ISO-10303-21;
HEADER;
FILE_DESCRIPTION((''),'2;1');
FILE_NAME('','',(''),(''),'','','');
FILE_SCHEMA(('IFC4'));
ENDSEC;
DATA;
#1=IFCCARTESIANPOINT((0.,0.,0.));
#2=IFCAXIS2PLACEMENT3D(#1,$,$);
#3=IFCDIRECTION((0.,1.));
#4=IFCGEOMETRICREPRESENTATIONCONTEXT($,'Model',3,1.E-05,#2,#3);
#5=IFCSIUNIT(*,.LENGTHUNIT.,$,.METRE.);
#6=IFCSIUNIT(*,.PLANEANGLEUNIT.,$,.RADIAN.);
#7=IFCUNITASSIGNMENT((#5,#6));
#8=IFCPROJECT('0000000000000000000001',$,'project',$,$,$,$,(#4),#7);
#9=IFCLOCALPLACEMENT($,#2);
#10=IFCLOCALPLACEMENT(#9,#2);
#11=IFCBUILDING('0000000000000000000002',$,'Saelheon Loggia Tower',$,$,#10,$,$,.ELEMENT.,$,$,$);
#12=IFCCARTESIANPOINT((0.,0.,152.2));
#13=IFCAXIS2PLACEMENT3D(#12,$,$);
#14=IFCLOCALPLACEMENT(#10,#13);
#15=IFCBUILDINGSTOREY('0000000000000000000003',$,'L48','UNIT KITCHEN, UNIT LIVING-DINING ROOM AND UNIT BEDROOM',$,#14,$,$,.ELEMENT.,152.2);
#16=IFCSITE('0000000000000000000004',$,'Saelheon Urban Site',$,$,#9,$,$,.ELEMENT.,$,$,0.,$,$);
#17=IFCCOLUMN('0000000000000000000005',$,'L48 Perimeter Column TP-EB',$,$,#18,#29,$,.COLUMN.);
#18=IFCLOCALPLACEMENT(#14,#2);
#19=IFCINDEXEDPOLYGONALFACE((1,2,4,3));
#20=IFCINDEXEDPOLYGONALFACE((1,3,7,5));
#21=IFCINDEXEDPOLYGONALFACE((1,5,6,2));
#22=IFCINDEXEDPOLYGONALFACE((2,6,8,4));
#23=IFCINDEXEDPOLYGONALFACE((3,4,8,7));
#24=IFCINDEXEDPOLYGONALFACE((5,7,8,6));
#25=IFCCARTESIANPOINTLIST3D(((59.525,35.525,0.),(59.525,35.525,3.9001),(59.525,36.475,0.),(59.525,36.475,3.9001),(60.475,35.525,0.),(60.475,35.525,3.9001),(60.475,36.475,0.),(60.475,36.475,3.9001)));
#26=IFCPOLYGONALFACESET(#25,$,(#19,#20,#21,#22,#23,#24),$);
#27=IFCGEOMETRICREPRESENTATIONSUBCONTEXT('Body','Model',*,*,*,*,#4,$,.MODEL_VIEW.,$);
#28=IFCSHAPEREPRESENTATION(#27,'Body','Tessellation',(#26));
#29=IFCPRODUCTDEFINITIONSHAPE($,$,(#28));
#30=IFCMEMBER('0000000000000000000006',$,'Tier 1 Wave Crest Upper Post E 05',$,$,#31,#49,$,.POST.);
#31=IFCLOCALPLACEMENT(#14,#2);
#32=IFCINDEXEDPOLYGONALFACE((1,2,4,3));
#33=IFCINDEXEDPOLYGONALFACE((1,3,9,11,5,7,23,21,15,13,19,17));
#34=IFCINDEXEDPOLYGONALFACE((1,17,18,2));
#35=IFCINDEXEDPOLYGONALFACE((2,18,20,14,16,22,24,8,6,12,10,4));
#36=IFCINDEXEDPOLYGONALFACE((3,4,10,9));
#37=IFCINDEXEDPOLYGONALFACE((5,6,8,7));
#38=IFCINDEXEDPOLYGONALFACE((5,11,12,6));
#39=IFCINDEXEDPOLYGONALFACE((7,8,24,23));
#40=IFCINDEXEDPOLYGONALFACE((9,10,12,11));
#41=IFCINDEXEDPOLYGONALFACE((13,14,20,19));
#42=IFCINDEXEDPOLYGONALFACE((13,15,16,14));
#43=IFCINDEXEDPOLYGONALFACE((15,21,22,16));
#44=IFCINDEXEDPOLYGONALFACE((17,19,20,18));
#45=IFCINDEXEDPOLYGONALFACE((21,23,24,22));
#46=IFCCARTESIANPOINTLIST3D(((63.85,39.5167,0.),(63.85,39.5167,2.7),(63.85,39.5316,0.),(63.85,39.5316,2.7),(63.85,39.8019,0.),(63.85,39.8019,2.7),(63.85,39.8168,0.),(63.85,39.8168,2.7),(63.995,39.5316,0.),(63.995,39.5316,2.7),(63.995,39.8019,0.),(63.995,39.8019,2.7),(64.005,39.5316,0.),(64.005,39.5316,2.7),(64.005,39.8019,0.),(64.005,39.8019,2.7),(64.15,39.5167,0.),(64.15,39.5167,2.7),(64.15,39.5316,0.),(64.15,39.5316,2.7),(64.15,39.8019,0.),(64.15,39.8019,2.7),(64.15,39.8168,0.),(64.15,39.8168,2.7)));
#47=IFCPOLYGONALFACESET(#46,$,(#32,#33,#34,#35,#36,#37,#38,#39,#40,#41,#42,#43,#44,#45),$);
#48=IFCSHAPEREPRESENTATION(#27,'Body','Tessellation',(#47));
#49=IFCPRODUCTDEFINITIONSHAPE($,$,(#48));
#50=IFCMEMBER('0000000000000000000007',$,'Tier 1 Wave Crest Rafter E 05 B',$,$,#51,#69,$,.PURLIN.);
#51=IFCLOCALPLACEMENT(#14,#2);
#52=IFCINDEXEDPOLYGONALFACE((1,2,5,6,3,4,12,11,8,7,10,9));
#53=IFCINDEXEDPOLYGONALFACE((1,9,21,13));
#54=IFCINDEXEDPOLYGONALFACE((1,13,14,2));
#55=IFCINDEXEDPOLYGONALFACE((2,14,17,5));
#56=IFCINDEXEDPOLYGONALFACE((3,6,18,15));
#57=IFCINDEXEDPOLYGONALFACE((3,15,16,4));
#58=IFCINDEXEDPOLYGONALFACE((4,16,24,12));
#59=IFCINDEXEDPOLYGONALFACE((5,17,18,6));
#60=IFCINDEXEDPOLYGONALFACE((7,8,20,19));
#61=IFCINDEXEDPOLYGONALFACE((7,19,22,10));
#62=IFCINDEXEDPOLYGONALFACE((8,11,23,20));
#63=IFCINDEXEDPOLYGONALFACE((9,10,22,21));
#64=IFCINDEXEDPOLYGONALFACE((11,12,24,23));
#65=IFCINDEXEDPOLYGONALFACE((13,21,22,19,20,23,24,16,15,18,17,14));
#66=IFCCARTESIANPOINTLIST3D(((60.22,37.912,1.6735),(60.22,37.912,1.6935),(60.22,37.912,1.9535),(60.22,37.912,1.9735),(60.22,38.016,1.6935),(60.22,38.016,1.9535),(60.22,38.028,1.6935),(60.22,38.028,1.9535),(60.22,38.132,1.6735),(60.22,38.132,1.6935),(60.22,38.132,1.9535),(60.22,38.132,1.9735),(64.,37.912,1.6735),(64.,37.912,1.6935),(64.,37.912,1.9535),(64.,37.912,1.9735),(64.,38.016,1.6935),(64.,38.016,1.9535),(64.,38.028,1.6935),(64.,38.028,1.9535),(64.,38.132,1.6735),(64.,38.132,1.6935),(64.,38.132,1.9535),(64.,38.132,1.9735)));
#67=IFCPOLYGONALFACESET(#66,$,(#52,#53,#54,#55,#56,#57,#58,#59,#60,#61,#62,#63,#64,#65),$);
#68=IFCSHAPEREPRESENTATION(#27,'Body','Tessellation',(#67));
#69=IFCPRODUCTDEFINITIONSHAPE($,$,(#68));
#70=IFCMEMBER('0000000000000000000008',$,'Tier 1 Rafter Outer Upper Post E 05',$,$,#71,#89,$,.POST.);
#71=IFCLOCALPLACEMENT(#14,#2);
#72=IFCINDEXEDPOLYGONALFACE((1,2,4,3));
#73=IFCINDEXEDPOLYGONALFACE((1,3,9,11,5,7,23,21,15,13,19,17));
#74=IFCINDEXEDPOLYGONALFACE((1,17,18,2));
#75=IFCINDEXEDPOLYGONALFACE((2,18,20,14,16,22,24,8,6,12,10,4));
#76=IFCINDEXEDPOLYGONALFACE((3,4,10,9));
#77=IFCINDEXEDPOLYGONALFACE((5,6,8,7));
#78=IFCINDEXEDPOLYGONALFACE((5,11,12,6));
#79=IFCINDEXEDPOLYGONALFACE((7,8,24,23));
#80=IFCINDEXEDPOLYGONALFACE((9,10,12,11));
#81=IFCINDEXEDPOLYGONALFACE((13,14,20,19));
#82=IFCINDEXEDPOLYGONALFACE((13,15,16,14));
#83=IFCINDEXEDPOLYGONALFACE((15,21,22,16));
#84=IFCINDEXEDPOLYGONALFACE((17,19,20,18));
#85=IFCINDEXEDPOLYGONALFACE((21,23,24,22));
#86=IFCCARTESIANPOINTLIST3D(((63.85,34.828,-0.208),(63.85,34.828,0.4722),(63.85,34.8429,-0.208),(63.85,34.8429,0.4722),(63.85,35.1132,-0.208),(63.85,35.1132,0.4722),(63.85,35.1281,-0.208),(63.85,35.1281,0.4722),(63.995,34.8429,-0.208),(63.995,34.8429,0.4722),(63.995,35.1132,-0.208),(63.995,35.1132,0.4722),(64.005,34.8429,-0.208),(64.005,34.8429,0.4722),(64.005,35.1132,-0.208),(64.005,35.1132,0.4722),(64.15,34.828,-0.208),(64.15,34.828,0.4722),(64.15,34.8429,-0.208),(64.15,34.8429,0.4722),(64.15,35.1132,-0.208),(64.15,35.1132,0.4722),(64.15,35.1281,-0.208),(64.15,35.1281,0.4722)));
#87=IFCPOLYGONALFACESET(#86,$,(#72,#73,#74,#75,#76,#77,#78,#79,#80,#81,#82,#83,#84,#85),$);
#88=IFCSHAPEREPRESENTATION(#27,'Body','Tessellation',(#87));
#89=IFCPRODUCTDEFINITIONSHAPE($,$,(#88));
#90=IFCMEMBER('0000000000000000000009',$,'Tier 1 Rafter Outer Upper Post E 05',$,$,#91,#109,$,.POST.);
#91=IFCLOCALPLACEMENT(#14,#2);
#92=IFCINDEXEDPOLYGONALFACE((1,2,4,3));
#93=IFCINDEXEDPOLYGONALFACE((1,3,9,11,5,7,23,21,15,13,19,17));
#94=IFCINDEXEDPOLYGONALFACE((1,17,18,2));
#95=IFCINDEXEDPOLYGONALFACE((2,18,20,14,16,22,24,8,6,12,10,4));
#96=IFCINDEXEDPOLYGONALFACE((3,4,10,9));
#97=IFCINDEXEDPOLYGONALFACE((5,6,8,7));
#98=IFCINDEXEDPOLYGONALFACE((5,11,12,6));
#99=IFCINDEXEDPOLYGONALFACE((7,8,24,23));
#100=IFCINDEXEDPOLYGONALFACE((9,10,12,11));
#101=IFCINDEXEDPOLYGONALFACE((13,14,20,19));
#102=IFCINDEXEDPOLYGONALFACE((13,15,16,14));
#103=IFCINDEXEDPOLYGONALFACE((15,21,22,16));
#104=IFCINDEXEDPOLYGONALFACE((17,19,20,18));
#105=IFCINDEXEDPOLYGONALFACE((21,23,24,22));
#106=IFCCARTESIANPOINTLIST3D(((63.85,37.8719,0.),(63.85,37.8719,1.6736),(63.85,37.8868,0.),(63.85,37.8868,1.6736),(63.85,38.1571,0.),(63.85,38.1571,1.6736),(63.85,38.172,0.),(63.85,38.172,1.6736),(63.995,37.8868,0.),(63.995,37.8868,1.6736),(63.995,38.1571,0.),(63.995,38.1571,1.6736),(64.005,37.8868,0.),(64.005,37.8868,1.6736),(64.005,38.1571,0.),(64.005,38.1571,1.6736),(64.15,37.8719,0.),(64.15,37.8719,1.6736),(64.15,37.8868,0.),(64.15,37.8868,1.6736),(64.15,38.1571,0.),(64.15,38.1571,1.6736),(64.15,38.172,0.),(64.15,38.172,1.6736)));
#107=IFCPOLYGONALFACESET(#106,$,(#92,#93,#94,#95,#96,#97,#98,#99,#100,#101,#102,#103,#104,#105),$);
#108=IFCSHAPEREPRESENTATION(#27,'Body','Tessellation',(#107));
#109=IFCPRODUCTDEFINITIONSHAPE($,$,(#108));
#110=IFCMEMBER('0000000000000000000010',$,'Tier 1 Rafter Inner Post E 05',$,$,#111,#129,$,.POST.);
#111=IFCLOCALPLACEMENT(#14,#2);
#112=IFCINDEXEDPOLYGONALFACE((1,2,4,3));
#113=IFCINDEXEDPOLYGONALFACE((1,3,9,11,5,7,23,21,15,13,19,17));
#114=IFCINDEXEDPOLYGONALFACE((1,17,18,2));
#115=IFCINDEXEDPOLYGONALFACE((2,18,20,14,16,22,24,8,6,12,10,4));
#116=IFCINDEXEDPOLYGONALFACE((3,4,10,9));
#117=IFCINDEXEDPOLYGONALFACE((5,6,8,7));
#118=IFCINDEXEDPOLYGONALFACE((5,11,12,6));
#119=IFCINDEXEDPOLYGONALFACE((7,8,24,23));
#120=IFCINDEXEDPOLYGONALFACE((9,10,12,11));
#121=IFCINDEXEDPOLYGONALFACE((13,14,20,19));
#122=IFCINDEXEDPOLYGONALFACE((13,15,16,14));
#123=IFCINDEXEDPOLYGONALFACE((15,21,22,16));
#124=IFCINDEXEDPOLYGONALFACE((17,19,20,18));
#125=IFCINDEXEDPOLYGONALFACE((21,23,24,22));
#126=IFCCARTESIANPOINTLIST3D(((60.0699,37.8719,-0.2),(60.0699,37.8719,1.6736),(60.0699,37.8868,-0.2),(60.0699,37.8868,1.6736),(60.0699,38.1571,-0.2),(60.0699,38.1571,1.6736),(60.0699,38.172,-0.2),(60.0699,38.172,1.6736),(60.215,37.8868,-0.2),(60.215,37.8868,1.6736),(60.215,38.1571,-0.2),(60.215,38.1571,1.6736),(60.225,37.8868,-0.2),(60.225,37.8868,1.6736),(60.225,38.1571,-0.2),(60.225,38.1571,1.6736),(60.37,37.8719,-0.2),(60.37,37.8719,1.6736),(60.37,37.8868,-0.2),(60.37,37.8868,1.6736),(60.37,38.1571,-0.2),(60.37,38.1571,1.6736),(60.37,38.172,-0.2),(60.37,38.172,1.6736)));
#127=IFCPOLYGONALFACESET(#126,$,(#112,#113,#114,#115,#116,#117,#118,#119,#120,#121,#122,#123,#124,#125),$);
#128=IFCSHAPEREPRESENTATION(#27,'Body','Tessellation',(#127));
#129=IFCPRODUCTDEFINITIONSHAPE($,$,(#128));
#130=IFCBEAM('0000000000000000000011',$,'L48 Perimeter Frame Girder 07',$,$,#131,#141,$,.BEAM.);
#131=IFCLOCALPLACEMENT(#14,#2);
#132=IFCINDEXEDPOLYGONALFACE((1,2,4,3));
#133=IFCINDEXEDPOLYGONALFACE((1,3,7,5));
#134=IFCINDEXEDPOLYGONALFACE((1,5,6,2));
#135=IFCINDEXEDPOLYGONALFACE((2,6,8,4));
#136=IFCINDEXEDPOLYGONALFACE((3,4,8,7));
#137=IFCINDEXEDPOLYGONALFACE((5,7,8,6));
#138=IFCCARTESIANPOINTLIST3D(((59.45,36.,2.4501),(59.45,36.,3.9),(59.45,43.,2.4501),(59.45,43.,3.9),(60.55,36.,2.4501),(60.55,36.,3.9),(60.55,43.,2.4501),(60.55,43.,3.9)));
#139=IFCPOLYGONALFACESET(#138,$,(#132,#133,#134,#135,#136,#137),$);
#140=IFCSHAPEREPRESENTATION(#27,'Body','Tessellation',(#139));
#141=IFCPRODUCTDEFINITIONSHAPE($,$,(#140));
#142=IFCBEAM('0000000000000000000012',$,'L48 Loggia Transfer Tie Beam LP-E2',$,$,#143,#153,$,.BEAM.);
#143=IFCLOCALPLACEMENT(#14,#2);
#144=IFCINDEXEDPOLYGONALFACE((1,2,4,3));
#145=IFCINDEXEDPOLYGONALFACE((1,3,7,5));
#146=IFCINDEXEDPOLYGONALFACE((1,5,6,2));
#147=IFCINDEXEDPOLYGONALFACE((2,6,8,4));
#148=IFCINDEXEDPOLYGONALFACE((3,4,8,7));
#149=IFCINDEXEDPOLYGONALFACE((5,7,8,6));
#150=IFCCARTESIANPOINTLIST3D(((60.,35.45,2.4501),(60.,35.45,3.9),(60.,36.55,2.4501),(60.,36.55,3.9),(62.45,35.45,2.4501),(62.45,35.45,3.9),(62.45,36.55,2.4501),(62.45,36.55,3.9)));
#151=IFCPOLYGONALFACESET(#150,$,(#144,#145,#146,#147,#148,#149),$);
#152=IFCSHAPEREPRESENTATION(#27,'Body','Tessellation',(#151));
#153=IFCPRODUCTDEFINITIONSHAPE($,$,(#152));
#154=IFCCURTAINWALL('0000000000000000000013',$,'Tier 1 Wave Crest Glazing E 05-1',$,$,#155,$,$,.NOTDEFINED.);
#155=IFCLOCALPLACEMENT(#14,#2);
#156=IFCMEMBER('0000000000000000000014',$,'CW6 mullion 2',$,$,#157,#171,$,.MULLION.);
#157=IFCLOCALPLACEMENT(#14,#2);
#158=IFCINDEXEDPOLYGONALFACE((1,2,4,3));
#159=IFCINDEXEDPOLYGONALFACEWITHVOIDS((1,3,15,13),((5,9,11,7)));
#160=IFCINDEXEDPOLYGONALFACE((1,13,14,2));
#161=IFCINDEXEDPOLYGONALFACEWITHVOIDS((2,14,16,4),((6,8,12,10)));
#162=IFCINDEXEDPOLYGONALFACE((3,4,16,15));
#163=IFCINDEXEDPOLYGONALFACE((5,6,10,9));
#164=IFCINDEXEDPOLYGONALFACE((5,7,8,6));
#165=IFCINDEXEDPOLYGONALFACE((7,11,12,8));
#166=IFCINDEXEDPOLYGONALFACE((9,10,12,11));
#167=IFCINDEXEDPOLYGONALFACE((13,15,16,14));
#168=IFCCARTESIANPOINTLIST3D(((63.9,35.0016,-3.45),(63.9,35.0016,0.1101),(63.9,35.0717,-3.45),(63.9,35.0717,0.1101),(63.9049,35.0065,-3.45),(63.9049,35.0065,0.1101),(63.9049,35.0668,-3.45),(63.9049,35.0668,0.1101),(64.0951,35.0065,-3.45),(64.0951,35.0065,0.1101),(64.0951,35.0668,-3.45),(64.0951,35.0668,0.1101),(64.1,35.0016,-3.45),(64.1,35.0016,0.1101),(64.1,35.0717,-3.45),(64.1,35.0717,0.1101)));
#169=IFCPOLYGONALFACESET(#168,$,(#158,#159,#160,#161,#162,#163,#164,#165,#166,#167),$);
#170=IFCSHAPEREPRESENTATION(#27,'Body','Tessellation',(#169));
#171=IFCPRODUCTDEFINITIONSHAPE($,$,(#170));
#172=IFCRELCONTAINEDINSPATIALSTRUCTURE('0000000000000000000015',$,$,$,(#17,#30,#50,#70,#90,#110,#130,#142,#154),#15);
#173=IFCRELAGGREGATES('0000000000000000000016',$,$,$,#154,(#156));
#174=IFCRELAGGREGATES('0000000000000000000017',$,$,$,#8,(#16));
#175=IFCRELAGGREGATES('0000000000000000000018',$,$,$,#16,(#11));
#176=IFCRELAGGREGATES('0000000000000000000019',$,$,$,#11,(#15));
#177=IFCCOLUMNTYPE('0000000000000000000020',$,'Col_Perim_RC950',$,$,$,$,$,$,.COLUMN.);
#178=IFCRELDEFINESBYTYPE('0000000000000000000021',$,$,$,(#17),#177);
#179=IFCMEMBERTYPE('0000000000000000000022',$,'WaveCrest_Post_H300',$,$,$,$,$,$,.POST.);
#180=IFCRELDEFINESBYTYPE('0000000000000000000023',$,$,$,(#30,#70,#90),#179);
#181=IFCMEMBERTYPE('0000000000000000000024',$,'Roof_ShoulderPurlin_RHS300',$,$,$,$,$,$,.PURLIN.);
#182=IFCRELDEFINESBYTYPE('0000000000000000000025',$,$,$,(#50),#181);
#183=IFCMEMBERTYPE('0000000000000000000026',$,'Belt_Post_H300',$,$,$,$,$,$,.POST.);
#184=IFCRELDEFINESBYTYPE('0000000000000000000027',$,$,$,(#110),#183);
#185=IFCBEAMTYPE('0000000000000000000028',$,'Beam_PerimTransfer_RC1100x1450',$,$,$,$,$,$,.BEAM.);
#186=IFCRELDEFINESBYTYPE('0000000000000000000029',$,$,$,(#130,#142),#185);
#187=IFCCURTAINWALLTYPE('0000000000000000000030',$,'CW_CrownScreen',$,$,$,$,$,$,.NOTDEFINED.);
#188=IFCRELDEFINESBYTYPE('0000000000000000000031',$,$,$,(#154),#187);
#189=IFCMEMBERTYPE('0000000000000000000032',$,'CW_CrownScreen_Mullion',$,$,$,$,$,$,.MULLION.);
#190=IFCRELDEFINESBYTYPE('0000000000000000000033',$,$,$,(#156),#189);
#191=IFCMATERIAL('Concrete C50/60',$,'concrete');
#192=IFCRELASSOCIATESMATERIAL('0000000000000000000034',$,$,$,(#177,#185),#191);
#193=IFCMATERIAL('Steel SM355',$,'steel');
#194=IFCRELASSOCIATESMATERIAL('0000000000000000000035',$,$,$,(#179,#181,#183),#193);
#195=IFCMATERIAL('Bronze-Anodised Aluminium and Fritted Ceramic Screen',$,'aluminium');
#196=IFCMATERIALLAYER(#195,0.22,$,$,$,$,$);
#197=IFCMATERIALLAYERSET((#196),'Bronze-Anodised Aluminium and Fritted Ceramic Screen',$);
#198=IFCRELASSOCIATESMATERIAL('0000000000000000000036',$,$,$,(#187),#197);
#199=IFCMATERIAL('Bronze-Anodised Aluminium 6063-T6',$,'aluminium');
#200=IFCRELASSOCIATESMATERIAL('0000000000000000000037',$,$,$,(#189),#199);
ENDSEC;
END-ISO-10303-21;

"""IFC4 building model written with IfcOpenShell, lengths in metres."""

from ifc_helpers import new_model, si_unit, direction, frame, origin, origin_2d, place, context, subcontext, project, spatial, rectangle, hollow_rectangle, i_section, extrude, source, transform, mapped, material, layer, layer_set, material_profile, profile_set, type_object, element, aggregate, save


model = new_model("IFC4")

# Units and contexts
model_context = context("Model", 3, precision=1e-05, world=origin(), true_north=direction((0.0, 1.0)))
body_context = subcontext(model_context, "Body", "Model", "MODEL_VIEW")
ifc_project = project(units=[si_unit("LENGTHUNIT", "METRE"), si_unit("PLANEANGLEUNIT", "RADIAN")], contexts=[model_context])

# Site, building, storey
site_placement = place(None, origin())
site = spatial("IfcSite", under=ifc_project, at=site_placement, Name="Saelheon Urban Site", CompositionType="ELEMENT", RefElevation=0.0)
building_placement = place(site_placement, origin())
building = spatial("IfcBuilding", under=site, at=building_placement, Name="Saelheon Loggia Tower", CompositionType="ELEMENT")
storey_placement = place(building_placement, frame((0.0, 0.0, 152.2)))
storey = spatial("IfcBuildingStorey", under=building, at=storey_placement, Name="L48", Description="UNIT KITCHEN, UNIT LIVING-DINING ROOM AND UNIT BEDROOM", CompositionType="ELEMENT", Elevation=152.2)

# Column
ifc_material_1 = material(Name="Concrete C50/60", Category="concrete")
ifc_material_profile_1 = material_profile(ifc_material_1, rectangle(XDim=0.95, YDim=0.95, at=origin_2d()), Name="RC-950x950")
ifc_profile_set_1 = profile_set([ifc_material_profile_1], Name="Concrete C50/60")
column_type = type_object("IfcColumnType", Name="Col_Perim_RC950", PredefinedType="COLUMN", material=ifc_profile_set_1)
shared_shape_1 = source(origin(), body_context, "Body", "SweptSolid", [
    extrude(rectangle(XDim=0.95, YDim=0.95, at=origin_2d()), origin(), (0.0, 0.0, 1.0), 3.9001),
])
column_placement = place(storey_placement, frame((60.0, 36.0, 0.0), z_axis=(0.0, 0.0, 1.0), x_axis=(1.0, 0.0, 0.0)))
element("IfcColumn", 1, at=column_placement, inside=storey, type_object=column_type, Name="L48 Perimeter Column TP-EB", PredefinedType="COLUMN", context=body_context, shape_type="MappedRepresentation", body=[
    mapped(shared_shape_1, transform((0.0, 0.0, 0.0), scale=1.0)),
])

# Members
ifc_material_2 = material(Name="Steel SM355", Category="steel")
ifc_material_profile_2 = material_profile(ifc_material_2, i_section(OverallWidth=0.3, OverallDepth=0.3, WebThickness=0.01, FlangeThickness=0.0149, at=origin_2d()), Name="H-300x300x10x15")
ifc_profile_set_2 = profile_set([ifc_material_profile_2], Name="Steel SM355")
member_type_1 = type_object("IfcMemberType", Name="WaveCrest_Post_H300", PredefinedType="POST", material=ifc_profile_set_2)
shared_shape_2 = source(origin(), body_context, "Body", "SweptSolid", [
    extrude(i_section(OverallWidth=0.3, OverallDepth=0.3, WebThickness=0.01, FlangeThickness=0.0149, at=origin_2d()), origin(), (0.0, 0.0, 1.0), 2.7),
])
member_1_placement = place(storey_placement, frame((64.0, 39.6667, 0.0), z_axis=(0.0, 0.0, 1.0), x_axis=(1.0, 0.0, 0.0)))
element("IfcMember", 2, at=member_1_placement, inside=storey, type_object=member_type_1, Name="Tier 1 Wave Crest Upper Post E 05", PredefinedType="POST", context=body_context, shape_type="MappedRepresentation", body=[
    mapped(shared_shape_2, transform((0.0, 0.0, 0.0), scale=1.0)),
])
ifc_material_profile_3 = material_profile(ifc_material_2, i_section(OverallWidth=0.22, OverallDepth=0.3, WebThickness=0.012, FlangeThickness=0.02, at=origin_2d()), Name="H-300x220x12x20")
ifc_profile_set_3 = profile_set([ifc_material_profile_3], Name="Steel SM355")
member_type_2 = type_object("IfcMemberType", Name="Roof_ShoulderPurlin_RHS300", PredefinedType="PURLIN", material=ifc_profile_set_3)
shared_shape_3 = source(origin(), body_context, "Body", "SweptSolid", [
    extrude(i_section(OverallWidth=0.22, OverallDepth=0.3, WebThickness=0.012, FlangeThickness=0.02, at=origin_2d()), origin(), (0.0, 0.0, 1.0), 3.78),
])
member_2_placement = place(storey_placement, frame((64.0, 38.022, 1.8235), z_axis=(-1.0, 0.0, 0.0), x_axis=(0.0, -1.0, 0.0)))
element("IfcMember", 3, at=member_2_placement, inside=storey, type_object=member_type_2, Name="Tier 1 Wave Crest Rafter E 05 B", PredefinedType="PURLIN", context=body_context, shape_type="MappedRepresentation", body=[
    mapped(shared_shape_3, transform((0.0, 0.0, 0.0), scale=1.0)),
])
shared_shape_4 = source(origin(), body_context, "Body", "SweptSolid", [
    extrude(i_section(OverallWidth=0.3, OverallDepth=0.3, WebThickness=0.01, FlangeThickness=0.0149, at=origin_2d()), origin(), (0.0, 0.0, 1.0), 0.6802),
])
member_3_placement = place(storey_placement, frame((64.0, 34.978, -0.208), z_axis=(0.0, 0.0, 1.0), x_axis=(1.0, 0.0, 0.0)))
element("IfcMember", 4, at=member_3_placement, inside=storey, type_object=member_type_1, Name="Tier 1 Rafter Outer Upper Post E 05", PredefinedType="POST", context=body_context, shape_type="MappedRepresentation", body=[
    mapped(shared_shape_4, transform((0.0, 0.0, 0.0), scale=1.0)),
])
shared_shape_5 = source(origin(), body_context, "Body", "SweptSolid", [
    extrude(i_section(OverallWidth=0.3, OverallDepth=0.3, WebThickness=0.01, FlangeThickness=0.0149, at=origin_2d()), origin(), (0.0, 0.0, 1.0), 1.6736),
])
member_4_placement = place(storey_placement, frame((64.0, 38.022, 0.0), z_axis=(0.0, 0.0, 1.0), x_axis=(1.0, 0.0, 0.0)))
element("IfcMember", 5, at=member_4_placement, inside=storey, type_object=member_type_1, Name="Tier 1 Rafter Outer Upper Post E 05", PredefinedType="POST", context=body_context, shape_type="MappedRepresentation", body=[
    mapped(shared_shape_5, transform((0.0, 0.0, 0.0), scale=1.0)),
])
ifc_material_profile_4 = material_profile(ifc_material_2, i_section(OverallWidth=0.3, OverallDepth=0.3, WebThickness=0.01, FlangeThickness=0.0149, at=origin_2d()), Name="H-300x300x10x15")
ifc_profile_set_4 = profile_set([ifc_material_profile_4], Name="Steel SM355")
member_type_3 = type_object("IfcMemberType", Name="Belt_Post_H300", PredefinedType="POST", material=ifc_profile_set_4)
shared_shape_6 = source(origin(), body_context, "Body", "SweptSolid", [
    extrude(i_section(OverallWidth=0.3, OverallDepth=0.3, WebThickness=0.01, FlangeThickness=0.0149, at=origin_2d()), origin(), (0.0, 0.0, 1.0), 1.8735),
])
member_5_placement = place(storey_placement, frame((60.22, 38.022, -0.2), z_axis=(0.0, 0.0, 1.0), x_axis=(1.0, 0.0, 0.0)))
element("IfcMember", 6, at=member_5_placement, inside=storey, type_object=member_type_3, Name="Tier 1 Rafter Inner Post E 05", PredefinedType="POST", context=body_context, shape_type="MappedRepresentation", body=[
    mapped(shared_shape_6, transform((0.0, 0.0, 0.0), scale=1.0)),
])

# Beams
ifc_material_profile_5 = material_profile(ifc_material_1, rectangle(XDim=1.1001, YDim=1.45, at=origin_2d()), Name="RC-1100x1450")
ifc_profile_set_5 = profile_set([ifc_material_profile_5], Name="Concrete C50/60")
beam_type = type_object("IfcBeamType", Name="Beam_PerimTransfer_RC1100x1450", PredefinedType="BEAM", material=ifc_profile_set_5)
shared_shape_7 = source(origin(), body_context, "Body", "SweptSolid", [
    extrude(rectangle(XDim=1.1001, YDim=1.45, at=origin_2d()), origin(), (0.0, 0.0, 1.0), 7.0),
])
beam_1_placement = place(storey_placement, frame((60.0, 36.0, 3.175), z_axis=(0.0, 1.0, 0.0), x_axis=(-1.0, 0.0, 0.0)))
element("IfcBeam", 7, at=beam_1_placement, inside=storey, type_object=beam_type, Name="L48 Perimeter Frame Girder 07", PredefinedType="BEAM", context=body_context, shape_type="MappedRepresentation", body=[
    mapped(shared_shape_7, transform((0.0, 0.0, 0.0), scale=1.0)),
])
shared_shape_8 = source(origin(), body_context, "Body", "SweptSolid", [
    extrude(rectangle(XDim=1.1001, YDim=1.45, at=origin_2d()), origin(), (0.0, 0.0, 1.0), 2.45),
])
beam_2_placement = place(storey_placement, frame((60.0, 36.0, 3.175), z_axis=(1.0, 0.0, 0.0), x_axis=(0.0, 1.0, 0.0)))
element("IfcBeam", 8, at=beam_2_placement, inside=storey, type_object=beam_type, Name="L48 Loggia Transfer Tie Beam LP-E2", PredefinedType="BEAM", context=body_context, shape_type="MappedRepresentation", body=[
    mapped(shared_shape_8, transform((0.0, 0.0, 0.0), scale=1.0)),
])

# Curtain wall, member
ifc_material_3 = material(Name="Bronze-Anodised Aluminium and Fritted Ceramic Screen", Category="aluminium")
ifc_layer_1 = layer(ifc_material_3, 0.22)
ifc_layer_set_1 = layer_set([ifc_layer_1], Name="Bronze-Anodised Aluminium and Fritted Ceramic Screen")
curtain_wall_type = type_object("IfcCurtainWallType", Name="CW_CrownScreen", PredefinedType="NOTDEFINED", material=ifc_layer_set_1)
curtain_wall_1_placement = place(storey_placement, origin())
curtain_wall_1 = element("IfcCurtainWall", 9, at=curtain_wall_1_placement, inside=storey, type_object=curtain_wall_type, Name="Tier 1 Wave Crest Glazing E 05-1", PredefinedType="NOTDEFINED")
ifc_material_4 = material(Name="Bronze-Anodised Aluminium 6063-T6", Category="aluminium")
ifc_material_profile_6 = material_profile(ifc_material_4, hollow_rectangle(XDim=0.0701, YDim=0.2, WallThickness=0.0049, at=origin_2d()), Name="RHS-200x70x5")
ifc_profile_set_6 = profile_set([ifc_material_profile_6], Name="Bronze-Anodised Aluminium 6063-T6")
member_type_4 = type_object("IfcMemberType", Name="CW_CrownScreen_Mullion", PredefinedType="MULLION", material=ifc_profile_set_6)
shared_shape_9 = source(origin(), body_context, "Body", "SweptSolid", [
    extrude(hollow_rectangle(XDim=0.0701, YDim=0.2, WallThickness=0.0049, at=origin_2d()), origin(), (0.0, 0.0, 1.0), 3.5601),
])
member_6_placement = place(storey_placement, frame((64.0, 35.0366, -3.45), z_axis=(0.0, 0.0, 1.0), x_axis=(0.0, 1.0, 0.0)))
member_6 = element("IfcMember", 10, at=member_6_placement, type_object=member_type_4, Name="CW6 mullion 2", PredefinedType="MULLION", context=body_context, shape_type="MappedRepresentation", body=[
    mapped(shared_shape_9, transform((0.0, 0.0, 0.0), scale=1.0)),
])

aggregate(curtain_wall_1, [member_6])

save(model, "model.ifc")
